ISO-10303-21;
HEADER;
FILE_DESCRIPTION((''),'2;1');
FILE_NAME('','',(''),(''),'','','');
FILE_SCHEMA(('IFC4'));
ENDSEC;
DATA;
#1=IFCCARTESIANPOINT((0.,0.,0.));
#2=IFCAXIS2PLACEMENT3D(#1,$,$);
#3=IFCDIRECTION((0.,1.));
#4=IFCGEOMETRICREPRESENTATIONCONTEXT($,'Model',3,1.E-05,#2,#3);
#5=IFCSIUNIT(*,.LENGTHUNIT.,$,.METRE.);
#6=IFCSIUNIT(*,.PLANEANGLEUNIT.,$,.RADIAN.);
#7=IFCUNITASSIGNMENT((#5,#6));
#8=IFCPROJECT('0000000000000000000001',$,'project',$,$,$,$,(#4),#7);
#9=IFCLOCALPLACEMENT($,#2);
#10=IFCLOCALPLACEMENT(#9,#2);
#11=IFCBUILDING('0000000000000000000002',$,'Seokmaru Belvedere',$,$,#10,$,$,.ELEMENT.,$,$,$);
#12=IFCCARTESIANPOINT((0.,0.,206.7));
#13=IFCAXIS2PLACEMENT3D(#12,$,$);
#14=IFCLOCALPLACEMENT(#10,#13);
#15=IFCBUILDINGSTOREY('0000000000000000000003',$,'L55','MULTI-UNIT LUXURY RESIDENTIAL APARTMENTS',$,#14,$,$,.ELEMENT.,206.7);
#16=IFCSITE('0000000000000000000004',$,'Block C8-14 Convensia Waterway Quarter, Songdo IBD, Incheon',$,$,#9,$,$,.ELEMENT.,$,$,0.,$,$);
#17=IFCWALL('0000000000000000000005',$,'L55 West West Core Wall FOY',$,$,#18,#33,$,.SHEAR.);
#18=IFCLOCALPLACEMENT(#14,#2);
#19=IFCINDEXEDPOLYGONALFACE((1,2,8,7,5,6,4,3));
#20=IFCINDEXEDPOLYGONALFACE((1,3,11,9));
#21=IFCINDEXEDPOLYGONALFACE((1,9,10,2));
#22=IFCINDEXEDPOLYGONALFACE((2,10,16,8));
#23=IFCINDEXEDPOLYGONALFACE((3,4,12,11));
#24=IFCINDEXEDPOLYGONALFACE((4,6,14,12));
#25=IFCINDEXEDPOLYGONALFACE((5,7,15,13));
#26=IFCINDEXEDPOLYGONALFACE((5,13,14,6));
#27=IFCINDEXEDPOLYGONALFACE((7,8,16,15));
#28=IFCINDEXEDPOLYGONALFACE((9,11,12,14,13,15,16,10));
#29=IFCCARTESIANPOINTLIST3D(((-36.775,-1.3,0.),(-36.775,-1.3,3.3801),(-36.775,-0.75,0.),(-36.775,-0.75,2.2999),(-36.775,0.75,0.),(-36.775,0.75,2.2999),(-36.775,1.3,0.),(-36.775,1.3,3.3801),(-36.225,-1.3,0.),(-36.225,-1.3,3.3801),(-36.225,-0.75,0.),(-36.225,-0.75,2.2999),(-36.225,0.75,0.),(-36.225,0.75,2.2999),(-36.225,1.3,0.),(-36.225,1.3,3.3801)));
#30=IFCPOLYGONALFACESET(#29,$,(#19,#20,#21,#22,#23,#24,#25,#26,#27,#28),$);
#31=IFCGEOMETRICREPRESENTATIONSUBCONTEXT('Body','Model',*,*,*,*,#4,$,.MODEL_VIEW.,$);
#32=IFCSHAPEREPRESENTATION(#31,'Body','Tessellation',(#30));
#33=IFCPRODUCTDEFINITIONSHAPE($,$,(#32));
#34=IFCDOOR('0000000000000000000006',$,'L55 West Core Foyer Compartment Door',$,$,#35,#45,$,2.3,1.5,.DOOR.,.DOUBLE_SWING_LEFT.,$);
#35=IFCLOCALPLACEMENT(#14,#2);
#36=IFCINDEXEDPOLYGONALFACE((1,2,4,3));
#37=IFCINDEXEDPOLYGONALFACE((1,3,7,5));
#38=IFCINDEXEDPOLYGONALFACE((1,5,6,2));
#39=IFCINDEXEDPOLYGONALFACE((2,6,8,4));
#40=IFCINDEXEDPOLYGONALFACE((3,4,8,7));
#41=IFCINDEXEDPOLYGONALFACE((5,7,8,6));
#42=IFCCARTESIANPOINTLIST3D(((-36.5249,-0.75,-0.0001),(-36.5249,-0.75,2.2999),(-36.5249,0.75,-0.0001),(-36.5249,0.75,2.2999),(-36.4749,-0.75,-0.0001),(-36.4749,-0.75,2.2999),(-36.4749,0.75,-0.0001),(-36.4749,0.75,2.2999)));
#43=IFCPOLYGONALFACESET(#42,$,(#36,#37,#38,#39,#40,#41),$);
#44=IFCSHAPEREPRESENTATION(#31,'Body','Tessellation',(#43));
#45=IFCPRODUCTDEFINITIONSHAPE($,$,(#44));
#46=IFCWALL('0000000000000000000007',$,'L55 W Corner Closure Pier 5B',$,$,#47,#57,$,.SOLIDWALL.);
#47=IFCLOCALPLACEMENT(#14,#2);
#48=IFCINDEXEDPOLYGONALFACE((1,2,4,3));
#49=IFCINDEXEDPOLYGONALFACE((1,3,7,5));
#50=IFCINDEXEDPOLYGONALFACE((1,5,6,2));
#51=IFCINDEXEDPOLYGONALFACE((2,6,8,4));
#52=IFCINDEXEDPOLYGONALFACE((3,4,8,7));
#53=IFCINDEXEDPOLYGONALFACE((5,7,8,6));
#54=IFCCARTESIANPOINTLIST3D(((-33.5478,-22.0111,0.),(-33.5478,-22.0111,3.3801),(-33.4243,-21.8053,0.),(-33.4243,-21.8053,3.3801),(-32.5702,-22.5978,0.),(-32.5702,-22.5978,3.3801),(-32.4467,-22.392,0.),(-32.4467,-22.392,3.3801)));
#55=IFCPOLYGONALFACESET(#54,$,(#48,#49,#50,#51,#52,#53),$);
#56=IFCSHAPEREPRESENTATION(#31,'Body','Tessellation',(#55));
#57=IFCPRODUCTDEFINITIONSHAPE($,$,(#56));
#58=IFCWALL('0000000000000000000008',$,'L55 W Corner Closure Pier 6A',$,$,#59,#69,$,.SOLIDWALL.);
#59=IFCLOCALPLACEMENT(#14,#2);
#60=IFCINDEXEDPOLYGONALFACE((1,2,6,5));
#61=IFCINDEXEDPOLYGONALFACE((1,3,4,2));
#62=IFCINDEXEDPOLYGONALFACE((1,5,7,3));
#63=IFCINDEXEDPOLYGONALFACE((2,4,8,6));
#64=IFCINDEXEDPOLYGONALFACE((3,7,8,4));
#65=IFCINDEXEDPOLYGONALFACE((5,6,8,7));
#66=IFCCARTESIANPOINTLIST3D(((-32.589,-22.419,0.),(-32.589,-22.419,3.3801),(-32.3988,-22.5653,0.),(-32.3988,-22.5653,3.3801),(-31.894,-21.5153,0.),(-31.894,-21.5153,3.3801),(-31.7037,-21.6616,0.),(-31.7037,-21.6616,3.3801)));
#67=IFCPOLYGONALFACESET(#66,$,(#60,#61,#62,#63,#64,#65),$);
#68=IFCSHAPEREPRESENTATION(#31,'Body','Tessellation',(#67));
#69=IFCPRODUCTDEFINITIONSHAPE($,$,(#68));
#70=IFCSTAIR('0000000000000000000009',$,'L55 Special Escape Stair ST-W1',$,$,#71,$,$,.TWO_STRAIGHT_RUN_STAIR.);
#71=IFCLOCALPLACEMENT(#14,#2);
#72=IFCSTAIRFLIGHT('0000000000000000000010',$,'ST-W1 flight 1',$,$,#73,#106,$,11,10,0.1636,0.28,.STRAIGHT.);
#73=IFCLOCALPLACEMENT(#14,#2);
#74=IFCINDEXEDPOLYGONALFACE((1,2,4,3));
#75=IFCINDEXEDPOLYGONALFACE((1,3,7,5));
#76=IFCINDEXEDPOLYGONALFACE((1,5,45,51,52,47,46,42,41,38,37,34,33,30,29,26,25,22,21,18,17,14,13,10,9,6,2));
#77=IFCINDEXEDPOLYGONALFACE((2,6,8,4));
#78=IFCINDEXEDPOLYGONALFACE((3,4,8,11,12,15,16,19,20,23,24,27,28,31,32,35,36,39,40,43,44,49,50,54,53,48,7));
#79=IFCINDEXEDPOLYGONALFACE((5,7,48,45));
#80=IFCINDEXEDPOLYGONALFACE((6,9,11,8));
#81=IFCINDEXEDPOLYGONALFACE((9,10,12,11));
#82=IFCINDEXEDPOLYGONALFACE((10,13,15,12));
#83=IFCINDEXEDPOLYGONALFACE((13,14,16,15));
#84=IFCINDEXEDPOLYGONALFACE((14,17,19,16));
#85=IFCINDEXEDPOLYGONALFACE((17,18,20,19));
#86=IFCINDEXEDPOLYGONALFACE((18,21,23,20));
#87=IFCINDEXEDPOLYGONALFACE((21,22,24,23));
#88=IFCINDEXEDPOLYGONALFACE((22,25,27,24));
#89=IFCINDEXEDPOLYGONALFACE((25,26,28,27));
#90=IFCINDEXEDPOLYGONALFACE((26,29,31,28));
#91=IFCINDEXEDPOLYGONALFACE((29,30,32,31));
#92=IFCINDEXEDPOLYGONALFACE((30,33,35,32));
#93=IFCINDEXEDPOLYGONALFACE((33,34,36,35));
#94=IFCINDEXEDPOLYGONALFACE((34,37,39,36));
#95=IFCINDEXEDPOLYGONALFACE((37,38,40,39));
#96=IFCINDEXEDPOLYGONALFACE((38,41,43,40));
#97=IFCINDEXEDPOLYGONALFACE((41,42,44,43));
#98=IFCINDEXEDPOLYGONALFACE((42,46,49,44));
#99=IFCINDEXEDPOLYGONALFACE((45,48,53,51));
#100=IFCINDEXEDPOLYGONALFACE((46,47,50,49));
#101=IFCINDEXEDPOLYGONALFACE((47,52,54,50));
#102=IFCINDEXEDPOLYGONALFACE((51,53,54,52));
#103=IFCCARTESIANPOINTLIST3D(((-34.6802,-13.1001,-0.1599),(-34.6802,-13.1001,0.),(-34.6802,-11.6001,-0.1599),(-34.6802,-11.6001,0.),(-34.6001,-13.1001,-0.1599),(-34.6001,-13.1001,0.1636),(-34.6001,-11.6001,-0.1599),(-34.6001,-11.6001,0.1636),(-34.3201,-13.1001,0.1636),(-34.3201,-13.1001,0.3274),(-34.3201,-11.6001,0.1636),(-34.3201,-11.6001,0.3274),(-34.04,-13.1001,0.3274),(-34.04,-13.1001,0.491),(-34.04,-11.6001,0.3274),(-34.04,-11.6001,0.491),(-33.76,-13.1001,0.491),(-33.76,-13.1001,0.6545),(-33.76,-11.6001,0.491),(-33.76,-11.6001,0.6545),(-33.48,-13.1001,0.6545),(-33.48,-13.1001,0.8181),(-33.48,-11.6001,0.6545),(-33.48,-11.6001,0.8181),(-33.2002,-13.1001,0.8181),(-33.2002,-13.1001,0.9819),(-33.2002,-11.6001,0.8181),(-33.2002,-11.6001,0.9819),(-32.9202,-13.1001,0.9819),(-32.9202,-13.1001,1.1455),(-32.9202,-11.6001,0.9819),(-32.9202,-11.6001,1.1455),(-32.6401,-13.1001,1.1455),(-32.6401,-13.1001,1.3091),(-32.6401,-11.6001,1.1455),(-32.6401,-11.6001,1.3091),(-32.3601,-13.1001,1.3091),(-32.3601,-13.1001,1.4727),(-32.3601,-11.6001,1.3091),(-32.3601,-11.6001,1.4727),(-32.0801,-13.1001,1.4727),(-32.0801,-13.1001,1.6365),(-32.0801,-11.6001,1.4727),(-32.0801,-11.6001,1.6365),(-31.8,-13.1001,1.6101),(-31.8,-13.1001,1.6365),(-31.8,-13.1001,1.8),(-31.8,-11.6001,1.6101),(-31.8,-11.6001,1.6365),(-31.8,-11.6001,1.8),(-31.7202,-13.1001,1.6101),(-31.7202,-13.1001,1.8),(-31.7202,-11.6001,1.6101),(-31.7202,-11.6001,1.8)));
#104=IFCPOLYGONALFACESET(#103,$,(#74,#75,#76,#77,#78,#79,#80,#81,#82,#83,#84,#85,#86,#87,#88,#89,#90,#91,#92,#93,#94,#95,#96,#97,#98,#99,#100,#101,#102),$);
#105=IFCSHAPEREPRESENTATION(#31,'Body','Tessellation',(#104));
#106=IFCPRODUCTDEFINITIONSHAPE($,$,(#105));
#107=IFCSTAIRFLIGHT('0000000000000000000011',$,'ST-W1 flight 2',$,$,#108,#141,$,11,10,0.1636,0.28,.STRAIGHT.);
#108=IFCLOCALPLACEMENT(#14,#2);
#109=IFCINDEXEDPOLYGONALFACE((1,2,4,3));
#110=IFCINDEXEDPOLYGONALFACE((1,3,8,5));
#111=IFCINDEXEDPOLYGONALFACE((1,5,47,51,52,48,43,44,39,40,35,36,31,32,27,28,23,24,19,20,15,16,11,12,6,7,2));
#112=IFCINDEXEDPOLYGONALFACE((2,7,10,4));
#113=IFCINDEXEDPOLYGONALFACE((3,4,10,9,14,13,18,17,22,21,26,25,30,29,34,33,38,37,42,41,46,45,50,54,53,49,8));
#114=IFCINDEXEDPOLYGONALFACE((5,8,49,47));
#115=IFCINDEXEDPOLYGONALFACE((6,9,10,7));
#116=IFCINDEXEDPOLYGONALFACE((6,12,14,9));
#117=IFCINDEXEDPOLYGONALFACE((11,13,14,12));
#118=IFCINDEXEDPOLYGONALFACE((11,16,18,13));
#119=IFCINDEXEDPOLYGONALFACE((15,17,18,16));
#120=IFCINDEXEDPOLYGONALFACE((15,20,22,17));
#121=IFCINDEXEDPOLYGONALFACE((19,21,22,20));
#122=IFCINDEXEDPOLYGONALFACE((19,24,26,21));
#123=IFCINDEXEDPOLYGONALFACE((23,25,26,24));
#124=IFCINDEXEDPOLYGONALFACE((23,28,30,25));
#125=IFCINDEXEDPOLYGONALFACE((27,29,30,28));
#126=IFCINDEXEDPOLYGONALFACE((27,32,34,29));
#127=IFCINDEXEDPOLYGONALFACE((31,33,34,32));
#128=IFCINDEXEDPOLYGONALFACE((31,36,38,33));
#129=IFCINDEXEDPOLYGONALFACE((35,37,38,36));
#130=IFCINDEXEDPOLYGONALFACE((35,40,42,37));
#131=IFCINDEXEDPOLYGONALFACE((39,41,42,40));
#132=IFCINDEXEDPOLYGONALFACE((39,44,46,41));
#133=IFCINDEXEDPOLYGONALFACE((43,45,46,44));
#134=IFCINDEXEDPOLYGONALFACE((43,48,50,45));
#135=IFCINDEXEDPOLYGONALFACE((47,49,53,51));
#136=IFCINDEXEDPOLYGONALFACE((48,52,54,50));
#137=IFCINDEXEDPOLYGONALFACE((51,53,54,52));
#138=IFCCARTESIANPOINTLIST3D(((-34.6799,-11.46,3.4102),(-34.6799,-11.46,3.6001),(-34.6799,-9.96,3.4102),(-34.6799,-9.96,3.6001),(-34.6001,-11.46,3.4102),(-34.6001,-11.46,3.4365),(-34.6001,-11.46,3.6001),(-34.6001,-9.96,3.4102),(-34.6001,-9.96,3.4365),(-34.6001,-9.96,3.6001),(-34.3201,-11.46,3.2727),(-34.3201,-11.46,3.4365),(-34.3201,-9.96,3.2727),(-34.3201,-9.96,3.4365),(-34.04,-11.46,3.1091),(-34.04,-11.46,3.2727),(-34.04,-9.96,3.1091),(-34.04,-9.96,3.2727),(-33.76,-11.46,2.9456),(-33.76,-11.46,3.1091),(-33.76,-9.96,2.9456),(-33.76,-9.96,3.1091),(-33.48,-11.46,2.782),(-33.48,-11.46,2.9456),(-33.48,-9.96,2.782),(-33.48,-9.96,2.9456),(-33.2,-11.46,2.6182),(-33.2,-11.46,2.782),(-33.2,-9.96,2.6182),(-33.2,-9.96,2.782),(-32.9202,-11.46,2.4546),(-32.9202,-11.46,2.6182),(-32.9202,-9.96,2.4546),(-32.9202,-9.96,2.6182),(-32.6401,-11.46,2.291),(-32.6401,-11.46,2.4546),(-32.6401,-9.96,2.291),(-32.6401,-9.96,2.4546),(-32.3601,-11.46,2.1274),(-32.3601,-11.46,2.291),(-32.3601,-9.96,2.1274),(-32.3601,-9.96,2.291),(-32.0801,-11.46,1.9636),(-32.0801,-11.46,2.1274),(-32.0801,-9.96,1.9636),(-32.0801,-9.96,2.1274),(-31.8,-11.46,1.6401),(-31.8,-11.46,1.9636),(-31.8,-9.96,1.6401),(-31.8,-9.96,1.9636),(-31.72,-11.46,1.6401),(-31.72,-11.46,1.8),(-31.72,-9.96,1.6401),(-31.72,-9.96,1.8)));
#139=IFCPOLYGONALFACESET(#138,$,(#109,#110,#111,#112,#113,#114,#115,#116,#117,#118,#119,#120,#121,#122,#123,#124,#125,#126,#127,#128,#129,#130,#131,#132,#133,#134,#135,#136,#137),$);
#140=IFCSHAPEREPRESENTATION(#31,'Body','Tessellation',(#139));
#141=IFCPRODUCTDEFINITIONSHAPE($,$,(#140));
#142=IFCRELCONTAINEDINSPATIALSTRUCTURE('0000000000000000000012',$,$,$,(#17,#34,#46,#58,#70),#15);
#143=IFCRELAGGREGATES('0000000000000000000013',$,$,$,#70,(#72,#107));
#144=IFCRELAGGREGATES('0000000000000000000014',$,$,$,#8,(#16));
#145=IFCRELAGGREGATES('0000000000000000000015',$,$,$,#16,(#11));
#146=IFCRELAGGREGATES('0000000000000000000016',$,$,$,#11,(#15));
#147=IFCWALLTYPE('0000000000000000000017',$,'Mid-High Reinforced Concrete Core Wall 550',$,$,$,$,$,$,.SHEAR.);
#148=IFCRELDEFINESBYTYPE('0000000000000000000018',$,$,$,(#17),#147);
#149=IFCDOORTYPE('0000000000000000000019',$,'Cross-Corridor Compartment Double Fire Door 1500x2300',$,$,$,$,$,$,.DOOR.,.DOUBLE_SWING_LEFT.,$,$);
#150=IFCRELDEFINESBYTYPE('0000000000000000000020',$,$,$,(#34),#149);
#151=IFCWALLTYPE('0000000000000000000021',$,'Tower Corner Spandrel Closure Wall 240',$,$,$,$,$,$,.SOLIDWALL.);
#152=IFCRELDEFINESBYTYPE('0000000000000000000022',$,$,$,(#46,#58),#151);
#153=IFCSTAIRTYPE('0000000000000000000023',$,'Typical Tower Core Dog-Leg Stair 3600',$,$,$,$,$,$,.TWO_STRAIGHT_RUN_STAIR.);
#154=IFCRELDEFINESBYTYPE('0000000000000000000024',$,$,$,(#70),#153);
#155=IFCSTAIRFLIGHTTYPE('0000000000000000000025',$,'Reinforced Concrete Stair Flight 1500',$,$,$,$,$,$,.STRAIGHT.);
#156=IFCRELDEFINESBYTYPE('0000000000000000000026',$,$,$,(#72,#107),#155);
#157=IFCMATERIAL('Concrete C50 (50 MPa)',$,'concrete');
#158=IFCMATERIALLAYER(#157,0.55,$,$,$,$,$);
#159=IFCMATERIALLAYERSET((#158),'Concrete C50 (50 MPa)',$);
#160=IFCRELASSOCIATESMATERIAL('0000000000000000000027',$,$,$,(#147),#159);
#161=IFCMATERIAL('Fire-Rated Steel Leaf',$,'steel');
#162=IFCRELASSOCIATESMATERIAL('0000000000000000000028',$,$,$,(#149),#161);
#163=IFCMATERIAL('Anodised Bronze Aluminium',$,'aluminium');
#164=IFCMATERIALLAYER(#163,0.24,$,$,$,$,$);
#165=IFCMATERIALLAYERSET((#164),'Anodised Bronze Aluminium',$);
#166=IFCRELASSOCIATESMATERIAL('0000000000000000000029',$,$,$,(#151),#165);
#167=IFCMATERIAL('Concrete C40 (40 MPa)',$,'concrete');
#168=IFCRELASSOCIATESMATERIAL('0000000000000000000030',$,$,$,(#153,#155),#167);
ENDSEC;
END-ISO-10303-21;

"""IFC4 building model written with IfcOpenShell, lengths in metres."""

from ifc_helpers import new_model, si_unit, direction, frame, frame_2d, origin, place, context, subcontext, project, spatial, polyline, rectangle, outline, extrude, source, transform, mapped, material, layer, layer_set, type_object, type_shapes, element, fill, aggregate, save


model = new_model("IFC4")

# Units and contexts
model_context = context("Model", 3, precision=1e-05, world=origin(), true_north=direction((0.0, 1.0)))
body_context = subcontext(model_context, "Body", "Model", "MODEL_VIEW")
ifc_project = project(units=[si_unit("LENGTHUNIT", "METRE"), si_unit("PLANEANGLEUNIT", "RADIAN")], contexts=[model_context])

# Site, building, storey
site_placement = place(None, origin())
site = spatial("IfcSite", under=ifc_project, at=site_placement, Name="Block C8-14 Convensia Waterway Quarter, Songdo IBD, Incheon", CompositionType="ELEMENT", RefElevation=0.0)
building_placement = place(site_placement, origin())
building = spatial("IfcBuilding", under=site, at=building_placement, Name="Seokmaru Belvedere", CompositionType="ELEMENT")
storey_placement = place(building_placement, frame((0.0, 0.0, 206.7)))
storey = spatial("IfcBuildingStorey", under=building, at=storey_placement, Name="L55", Description="MULTI-UNIT LUXURY RESIDENTIAL APARTMENTS", CompositionType="ELEMENT", Elevation=206.7)

# Shared definitions
ifc_material_1 = material(Name="Anodised Bronze Aluminium", Category="aluminium")

# Shared definitions
ifc_material_2 = material(Name="Fire-Rated Steel Leaf", Category="steel")

# Shared definitions
ifc_material_3 = material(Name="Concrete C50 (50 MPa)", Category="concrete")

# Shared definitions
ifc_layer_1 = layer(ifc_material_3, 0.55)
ifc_layer_set_1 = layer_set([ifc_layer_1], Name="Concrete C50 (50 MPa)")
wall_type_1 = type_object("IfcWallType", Name="Mid-High Reinforced Concrete Core Wall 550", PredefinedType="SHEAR", material=ifc_layer_set_1)

# Wall, opening, door
wall_1_placement = place(storey_placement, frame((-36.5, -1.3, 0.0), z_axis=(0.0, 0.0, 1.0), x_axis=(0.0, 1.0, 0.0)))
wall_1 = element("IfcWall", 1, at=wall_1_placement, inside=storey, type_object=wall_type_1, Name="L55 West West Core Wall FOY", PredefinedType="SHEAR", context=body_context, shape_type="SweptSolid", body=[
    extrude(rectangle(XDim=2.6001, YDim=0.55, at=frame_2d((1.3, 0.0))), origin(), (0.0, 0.0, 1.0), 3.3801),
])
opening_1_placement = place(wall_1_placement, frame((0.55, 0.0, 0.0)))
opening_1 = element("IfcOpeningElement", 2, at=opening_1_placement, cuts=wall_1, PredefinedType="OPENING", context=body_context, shape_type="SweptSolid", body=[
    extrude(rectangle(XDim=1.5, YDim=2.3, at=frame_2d((0.75, 1.1499))), frame((0.0, 0.2852, 0.0), z_axis=(0.0, -1.0, 0.0), x_axis=(1.0, 0.0, 0.0)), (0.0, 0.0, 1.0), 0.5701),
])
door_type_1 = type_object("IfcDoorType", Name="Cross-Corridor Compartment Double Fire Door 1500x2300", OperationType="DOUBLE_SWING_LEFT", PredefinedType="DOOR", material=ifc_material_2)
shared_shape_1 = source(origin(), body_context, "Body", "SweptSolid", [
    extrude(rectangle(XDim=1.5, YDim=2.3, at=frame_2d((0.75, 1.1499))), frame((0.0, 0.0249, 0.0), z_axis=(0.0, -1.0, 0.0), x_axis=(1.0, 0.0, 0.0)), (0.0, 0.0, 1.0), 0.05),
])
type_shapes(door_type_1, [shared_shape_1])
door_1_placement = place(opening_1_placement, origin())
door_1 = element("IfcDoor", 3, at=door_1_placement, inside=storey, type_object=door_type_1, Name="L55 West Core Foyer Compartment Door", OperationType="DOUBLE_SWING_LEFT", OverallHeight=2.3, OverallWidth=1.5, PredefinedType="DOOR", context=body_context, shape_type="MappedRepresentation", body=[
    mapped(shared_shape_1, transform((0.0, 0.0, 0.0), scale=1.0)),
])
fill(opening_1, door_1)

# Walls
ifc_layer_2 = layer(ifc_material_1, 0.24)
ifc_layer_set_2 = layer_set([ifc_layer_2], Name="Anodised Bronze Aluminium")
wall_type_2 = type_object("IfcWallType", Name="Tower Corner Spandrel Closure Wall 240", PredefinedType="SOLIDWALL", material=ifc_layer_set_2)
for number, where, z_axis, x_axis, name in (
    (4, (-33.4861, -21.9082, 0.0), (0.0, 0.0, 1.0), (0.857436, -0.51459, 0.0), "L55 W Corner Closure Pier 5B"),
    (5, (-32.4939, -22.4922, 0.0), (0.0, 0.0, 1.0), (0.609618, 0.792696, 0.0), "L55 W Corner Closure Pier 6A"),
):
    element("IfcWall", number, at=place(storey_placement, frame(where, z_axis=z_axis, x_axis=x_axis)), inside=storey, type_object=wall_type_2, Name=name, PredefinedType="SOLIDWALL", context=body_context, shape_type="SweptSolid", body=[
        extrude(rectangle(XDim=1.1401, YDim=0.24, at=frame_2d((0.5701, 0.0))), origin(), (0.0, 0.0, 1.0), 3.3801),
    ])

# Stair, stair flights
ifc_material_4 = material(Name="Concrete C40 (40 MPa)", Category="concrete")
stair_type = type_object("IfcStairType", Name="Typical Tower Core Dog-Leg Stair 3600", PredefinedType="TWO_STRAIGHT_RUN_STAIR", material=ifc_material_4)
stair_placement = place(storey_placement, origin())
stair = element("IfcStair", 6, at=stair_placement, inside=storey, type_object=stair_type, Name="L55 Special Escape Stair ST-W1", PredefinedType="TWO_STRAIGHT_RUN_STAIR")
stair_flight_type = type_object("IfcStairFlightType", Name="Reinforced Concrete Stair Flight 1500", PredefinedType="STRAIGHT", material=ifc_material_4)
stair_flight_1_placement = place(storey_placement, frame((-34.6001, -12.3501, 0.0), z_axis=(0.0, 0.0, 1.0), x_axis=(1.0, 0.0, 0.0)))
stair_flight_1 = element("IfcStairFlight", 7, at=stair_flight_1_placement, type_object=stair_flight_type, Name="ST-W1 flight 1", NumberOfRisers=11, NumberOfTreads=10, PredefinedType="STRAIGHT", RiserHeight=0.1636, TreadLength=0.28, context=body_context, shape_type="SweptSolid", body=[
    extrude(outline(polyline([(-0.0801, 0.0), (0.0, 0.1636), (0.28, 0.1636), (0.28, 0.3274), (0.5601, 0.3274), (0.5601, 0.491), (0.8401, 0.491), (0.8401, 0.6545), (1.1201, 0.6545), (1.1201, 0.8181), (1.3999, 0.8181), (1.3999, 0.9819), (1.6799, 0.9819), (1.6799, 1.1455), (1.96, 1.1455), (1.96, 1.3091), (2.24, 1.3091), (2.24, 1.4727), (2.52, 1.4727), (2.52, 1.6365), (2.8, 1.6365), (2.8, 1.8), (2.8799, 1.8), (2.8799, 1.6101), (2.8, 1.6101), (0.0, -0.1599), (-0.0801, -0.1599), (-0.0801, 0.0)])), frame((0.0, 0.75, 0.0), z_axis=(0.0, -1.0, 0.0), x_axis=(1.0, 0.0, 0.0)), (0.0, 0.0, 1.0), 1.5),
])
stair_flight_2_placement = place(storey_placement, frame((-31.8, -10.71, 1.8), z_axis=(0.0, 0.0, 1.0), x_axis=(-1.0, 0.0, 0.0)))
stair_flight_2 = element("IfcStairFlight", 8, at=stair_flight_2_placement, type_object=stair_flight_type, Name="ST-W1 flight 2", NumberOfRisers=11, NumberOfTreads=10, PredefinedType="STRAIGHT", RiserHeight=0.1636, TreadLength=0.28, context=body_context, shape_type="SweptSolid", body=[
    extrude(outline(polyline([(-0.0801, 0.0), (0.0, 0.1636), (0.28, 0.1636), (0.28, 0.3274), (0.5601, 0.3274), (0.5601, 0.491), (0.8401, 0.491), (0.8401, 0.6545), (1.1201, 0.6545), (1.1201, 0.8181), (1.3999, 0.8181), (1.3999, 0.9819), (1.6799, 0.9819), (1.6799, 1.1455), (1.96, 1.1455), (1.96, 1.3091), (2.24, 1.3091), (2.24, 1.4727), (2.52, 1.4727), (2.52, 1.6365), (2.8, 1.6365), (2.8, 1.8), (2.8799, 1.8), (2.8799, 1.6101), (2.8, 1.6101), (0.0, -0.1599), (-0.0801, -0.1599), (-0.0801, 0.0)])), frame((0.0, 0.75, 0.0), z_axis=(0.0, -1.0, 0.0), x_axis=(1.0, 0.0, 0.0)), (0.0, 0.0, 1.0), 1.5),
])
aggregate(stair, [stair_flight_1, stair_flight_2])

save(model, "model.ifc")
